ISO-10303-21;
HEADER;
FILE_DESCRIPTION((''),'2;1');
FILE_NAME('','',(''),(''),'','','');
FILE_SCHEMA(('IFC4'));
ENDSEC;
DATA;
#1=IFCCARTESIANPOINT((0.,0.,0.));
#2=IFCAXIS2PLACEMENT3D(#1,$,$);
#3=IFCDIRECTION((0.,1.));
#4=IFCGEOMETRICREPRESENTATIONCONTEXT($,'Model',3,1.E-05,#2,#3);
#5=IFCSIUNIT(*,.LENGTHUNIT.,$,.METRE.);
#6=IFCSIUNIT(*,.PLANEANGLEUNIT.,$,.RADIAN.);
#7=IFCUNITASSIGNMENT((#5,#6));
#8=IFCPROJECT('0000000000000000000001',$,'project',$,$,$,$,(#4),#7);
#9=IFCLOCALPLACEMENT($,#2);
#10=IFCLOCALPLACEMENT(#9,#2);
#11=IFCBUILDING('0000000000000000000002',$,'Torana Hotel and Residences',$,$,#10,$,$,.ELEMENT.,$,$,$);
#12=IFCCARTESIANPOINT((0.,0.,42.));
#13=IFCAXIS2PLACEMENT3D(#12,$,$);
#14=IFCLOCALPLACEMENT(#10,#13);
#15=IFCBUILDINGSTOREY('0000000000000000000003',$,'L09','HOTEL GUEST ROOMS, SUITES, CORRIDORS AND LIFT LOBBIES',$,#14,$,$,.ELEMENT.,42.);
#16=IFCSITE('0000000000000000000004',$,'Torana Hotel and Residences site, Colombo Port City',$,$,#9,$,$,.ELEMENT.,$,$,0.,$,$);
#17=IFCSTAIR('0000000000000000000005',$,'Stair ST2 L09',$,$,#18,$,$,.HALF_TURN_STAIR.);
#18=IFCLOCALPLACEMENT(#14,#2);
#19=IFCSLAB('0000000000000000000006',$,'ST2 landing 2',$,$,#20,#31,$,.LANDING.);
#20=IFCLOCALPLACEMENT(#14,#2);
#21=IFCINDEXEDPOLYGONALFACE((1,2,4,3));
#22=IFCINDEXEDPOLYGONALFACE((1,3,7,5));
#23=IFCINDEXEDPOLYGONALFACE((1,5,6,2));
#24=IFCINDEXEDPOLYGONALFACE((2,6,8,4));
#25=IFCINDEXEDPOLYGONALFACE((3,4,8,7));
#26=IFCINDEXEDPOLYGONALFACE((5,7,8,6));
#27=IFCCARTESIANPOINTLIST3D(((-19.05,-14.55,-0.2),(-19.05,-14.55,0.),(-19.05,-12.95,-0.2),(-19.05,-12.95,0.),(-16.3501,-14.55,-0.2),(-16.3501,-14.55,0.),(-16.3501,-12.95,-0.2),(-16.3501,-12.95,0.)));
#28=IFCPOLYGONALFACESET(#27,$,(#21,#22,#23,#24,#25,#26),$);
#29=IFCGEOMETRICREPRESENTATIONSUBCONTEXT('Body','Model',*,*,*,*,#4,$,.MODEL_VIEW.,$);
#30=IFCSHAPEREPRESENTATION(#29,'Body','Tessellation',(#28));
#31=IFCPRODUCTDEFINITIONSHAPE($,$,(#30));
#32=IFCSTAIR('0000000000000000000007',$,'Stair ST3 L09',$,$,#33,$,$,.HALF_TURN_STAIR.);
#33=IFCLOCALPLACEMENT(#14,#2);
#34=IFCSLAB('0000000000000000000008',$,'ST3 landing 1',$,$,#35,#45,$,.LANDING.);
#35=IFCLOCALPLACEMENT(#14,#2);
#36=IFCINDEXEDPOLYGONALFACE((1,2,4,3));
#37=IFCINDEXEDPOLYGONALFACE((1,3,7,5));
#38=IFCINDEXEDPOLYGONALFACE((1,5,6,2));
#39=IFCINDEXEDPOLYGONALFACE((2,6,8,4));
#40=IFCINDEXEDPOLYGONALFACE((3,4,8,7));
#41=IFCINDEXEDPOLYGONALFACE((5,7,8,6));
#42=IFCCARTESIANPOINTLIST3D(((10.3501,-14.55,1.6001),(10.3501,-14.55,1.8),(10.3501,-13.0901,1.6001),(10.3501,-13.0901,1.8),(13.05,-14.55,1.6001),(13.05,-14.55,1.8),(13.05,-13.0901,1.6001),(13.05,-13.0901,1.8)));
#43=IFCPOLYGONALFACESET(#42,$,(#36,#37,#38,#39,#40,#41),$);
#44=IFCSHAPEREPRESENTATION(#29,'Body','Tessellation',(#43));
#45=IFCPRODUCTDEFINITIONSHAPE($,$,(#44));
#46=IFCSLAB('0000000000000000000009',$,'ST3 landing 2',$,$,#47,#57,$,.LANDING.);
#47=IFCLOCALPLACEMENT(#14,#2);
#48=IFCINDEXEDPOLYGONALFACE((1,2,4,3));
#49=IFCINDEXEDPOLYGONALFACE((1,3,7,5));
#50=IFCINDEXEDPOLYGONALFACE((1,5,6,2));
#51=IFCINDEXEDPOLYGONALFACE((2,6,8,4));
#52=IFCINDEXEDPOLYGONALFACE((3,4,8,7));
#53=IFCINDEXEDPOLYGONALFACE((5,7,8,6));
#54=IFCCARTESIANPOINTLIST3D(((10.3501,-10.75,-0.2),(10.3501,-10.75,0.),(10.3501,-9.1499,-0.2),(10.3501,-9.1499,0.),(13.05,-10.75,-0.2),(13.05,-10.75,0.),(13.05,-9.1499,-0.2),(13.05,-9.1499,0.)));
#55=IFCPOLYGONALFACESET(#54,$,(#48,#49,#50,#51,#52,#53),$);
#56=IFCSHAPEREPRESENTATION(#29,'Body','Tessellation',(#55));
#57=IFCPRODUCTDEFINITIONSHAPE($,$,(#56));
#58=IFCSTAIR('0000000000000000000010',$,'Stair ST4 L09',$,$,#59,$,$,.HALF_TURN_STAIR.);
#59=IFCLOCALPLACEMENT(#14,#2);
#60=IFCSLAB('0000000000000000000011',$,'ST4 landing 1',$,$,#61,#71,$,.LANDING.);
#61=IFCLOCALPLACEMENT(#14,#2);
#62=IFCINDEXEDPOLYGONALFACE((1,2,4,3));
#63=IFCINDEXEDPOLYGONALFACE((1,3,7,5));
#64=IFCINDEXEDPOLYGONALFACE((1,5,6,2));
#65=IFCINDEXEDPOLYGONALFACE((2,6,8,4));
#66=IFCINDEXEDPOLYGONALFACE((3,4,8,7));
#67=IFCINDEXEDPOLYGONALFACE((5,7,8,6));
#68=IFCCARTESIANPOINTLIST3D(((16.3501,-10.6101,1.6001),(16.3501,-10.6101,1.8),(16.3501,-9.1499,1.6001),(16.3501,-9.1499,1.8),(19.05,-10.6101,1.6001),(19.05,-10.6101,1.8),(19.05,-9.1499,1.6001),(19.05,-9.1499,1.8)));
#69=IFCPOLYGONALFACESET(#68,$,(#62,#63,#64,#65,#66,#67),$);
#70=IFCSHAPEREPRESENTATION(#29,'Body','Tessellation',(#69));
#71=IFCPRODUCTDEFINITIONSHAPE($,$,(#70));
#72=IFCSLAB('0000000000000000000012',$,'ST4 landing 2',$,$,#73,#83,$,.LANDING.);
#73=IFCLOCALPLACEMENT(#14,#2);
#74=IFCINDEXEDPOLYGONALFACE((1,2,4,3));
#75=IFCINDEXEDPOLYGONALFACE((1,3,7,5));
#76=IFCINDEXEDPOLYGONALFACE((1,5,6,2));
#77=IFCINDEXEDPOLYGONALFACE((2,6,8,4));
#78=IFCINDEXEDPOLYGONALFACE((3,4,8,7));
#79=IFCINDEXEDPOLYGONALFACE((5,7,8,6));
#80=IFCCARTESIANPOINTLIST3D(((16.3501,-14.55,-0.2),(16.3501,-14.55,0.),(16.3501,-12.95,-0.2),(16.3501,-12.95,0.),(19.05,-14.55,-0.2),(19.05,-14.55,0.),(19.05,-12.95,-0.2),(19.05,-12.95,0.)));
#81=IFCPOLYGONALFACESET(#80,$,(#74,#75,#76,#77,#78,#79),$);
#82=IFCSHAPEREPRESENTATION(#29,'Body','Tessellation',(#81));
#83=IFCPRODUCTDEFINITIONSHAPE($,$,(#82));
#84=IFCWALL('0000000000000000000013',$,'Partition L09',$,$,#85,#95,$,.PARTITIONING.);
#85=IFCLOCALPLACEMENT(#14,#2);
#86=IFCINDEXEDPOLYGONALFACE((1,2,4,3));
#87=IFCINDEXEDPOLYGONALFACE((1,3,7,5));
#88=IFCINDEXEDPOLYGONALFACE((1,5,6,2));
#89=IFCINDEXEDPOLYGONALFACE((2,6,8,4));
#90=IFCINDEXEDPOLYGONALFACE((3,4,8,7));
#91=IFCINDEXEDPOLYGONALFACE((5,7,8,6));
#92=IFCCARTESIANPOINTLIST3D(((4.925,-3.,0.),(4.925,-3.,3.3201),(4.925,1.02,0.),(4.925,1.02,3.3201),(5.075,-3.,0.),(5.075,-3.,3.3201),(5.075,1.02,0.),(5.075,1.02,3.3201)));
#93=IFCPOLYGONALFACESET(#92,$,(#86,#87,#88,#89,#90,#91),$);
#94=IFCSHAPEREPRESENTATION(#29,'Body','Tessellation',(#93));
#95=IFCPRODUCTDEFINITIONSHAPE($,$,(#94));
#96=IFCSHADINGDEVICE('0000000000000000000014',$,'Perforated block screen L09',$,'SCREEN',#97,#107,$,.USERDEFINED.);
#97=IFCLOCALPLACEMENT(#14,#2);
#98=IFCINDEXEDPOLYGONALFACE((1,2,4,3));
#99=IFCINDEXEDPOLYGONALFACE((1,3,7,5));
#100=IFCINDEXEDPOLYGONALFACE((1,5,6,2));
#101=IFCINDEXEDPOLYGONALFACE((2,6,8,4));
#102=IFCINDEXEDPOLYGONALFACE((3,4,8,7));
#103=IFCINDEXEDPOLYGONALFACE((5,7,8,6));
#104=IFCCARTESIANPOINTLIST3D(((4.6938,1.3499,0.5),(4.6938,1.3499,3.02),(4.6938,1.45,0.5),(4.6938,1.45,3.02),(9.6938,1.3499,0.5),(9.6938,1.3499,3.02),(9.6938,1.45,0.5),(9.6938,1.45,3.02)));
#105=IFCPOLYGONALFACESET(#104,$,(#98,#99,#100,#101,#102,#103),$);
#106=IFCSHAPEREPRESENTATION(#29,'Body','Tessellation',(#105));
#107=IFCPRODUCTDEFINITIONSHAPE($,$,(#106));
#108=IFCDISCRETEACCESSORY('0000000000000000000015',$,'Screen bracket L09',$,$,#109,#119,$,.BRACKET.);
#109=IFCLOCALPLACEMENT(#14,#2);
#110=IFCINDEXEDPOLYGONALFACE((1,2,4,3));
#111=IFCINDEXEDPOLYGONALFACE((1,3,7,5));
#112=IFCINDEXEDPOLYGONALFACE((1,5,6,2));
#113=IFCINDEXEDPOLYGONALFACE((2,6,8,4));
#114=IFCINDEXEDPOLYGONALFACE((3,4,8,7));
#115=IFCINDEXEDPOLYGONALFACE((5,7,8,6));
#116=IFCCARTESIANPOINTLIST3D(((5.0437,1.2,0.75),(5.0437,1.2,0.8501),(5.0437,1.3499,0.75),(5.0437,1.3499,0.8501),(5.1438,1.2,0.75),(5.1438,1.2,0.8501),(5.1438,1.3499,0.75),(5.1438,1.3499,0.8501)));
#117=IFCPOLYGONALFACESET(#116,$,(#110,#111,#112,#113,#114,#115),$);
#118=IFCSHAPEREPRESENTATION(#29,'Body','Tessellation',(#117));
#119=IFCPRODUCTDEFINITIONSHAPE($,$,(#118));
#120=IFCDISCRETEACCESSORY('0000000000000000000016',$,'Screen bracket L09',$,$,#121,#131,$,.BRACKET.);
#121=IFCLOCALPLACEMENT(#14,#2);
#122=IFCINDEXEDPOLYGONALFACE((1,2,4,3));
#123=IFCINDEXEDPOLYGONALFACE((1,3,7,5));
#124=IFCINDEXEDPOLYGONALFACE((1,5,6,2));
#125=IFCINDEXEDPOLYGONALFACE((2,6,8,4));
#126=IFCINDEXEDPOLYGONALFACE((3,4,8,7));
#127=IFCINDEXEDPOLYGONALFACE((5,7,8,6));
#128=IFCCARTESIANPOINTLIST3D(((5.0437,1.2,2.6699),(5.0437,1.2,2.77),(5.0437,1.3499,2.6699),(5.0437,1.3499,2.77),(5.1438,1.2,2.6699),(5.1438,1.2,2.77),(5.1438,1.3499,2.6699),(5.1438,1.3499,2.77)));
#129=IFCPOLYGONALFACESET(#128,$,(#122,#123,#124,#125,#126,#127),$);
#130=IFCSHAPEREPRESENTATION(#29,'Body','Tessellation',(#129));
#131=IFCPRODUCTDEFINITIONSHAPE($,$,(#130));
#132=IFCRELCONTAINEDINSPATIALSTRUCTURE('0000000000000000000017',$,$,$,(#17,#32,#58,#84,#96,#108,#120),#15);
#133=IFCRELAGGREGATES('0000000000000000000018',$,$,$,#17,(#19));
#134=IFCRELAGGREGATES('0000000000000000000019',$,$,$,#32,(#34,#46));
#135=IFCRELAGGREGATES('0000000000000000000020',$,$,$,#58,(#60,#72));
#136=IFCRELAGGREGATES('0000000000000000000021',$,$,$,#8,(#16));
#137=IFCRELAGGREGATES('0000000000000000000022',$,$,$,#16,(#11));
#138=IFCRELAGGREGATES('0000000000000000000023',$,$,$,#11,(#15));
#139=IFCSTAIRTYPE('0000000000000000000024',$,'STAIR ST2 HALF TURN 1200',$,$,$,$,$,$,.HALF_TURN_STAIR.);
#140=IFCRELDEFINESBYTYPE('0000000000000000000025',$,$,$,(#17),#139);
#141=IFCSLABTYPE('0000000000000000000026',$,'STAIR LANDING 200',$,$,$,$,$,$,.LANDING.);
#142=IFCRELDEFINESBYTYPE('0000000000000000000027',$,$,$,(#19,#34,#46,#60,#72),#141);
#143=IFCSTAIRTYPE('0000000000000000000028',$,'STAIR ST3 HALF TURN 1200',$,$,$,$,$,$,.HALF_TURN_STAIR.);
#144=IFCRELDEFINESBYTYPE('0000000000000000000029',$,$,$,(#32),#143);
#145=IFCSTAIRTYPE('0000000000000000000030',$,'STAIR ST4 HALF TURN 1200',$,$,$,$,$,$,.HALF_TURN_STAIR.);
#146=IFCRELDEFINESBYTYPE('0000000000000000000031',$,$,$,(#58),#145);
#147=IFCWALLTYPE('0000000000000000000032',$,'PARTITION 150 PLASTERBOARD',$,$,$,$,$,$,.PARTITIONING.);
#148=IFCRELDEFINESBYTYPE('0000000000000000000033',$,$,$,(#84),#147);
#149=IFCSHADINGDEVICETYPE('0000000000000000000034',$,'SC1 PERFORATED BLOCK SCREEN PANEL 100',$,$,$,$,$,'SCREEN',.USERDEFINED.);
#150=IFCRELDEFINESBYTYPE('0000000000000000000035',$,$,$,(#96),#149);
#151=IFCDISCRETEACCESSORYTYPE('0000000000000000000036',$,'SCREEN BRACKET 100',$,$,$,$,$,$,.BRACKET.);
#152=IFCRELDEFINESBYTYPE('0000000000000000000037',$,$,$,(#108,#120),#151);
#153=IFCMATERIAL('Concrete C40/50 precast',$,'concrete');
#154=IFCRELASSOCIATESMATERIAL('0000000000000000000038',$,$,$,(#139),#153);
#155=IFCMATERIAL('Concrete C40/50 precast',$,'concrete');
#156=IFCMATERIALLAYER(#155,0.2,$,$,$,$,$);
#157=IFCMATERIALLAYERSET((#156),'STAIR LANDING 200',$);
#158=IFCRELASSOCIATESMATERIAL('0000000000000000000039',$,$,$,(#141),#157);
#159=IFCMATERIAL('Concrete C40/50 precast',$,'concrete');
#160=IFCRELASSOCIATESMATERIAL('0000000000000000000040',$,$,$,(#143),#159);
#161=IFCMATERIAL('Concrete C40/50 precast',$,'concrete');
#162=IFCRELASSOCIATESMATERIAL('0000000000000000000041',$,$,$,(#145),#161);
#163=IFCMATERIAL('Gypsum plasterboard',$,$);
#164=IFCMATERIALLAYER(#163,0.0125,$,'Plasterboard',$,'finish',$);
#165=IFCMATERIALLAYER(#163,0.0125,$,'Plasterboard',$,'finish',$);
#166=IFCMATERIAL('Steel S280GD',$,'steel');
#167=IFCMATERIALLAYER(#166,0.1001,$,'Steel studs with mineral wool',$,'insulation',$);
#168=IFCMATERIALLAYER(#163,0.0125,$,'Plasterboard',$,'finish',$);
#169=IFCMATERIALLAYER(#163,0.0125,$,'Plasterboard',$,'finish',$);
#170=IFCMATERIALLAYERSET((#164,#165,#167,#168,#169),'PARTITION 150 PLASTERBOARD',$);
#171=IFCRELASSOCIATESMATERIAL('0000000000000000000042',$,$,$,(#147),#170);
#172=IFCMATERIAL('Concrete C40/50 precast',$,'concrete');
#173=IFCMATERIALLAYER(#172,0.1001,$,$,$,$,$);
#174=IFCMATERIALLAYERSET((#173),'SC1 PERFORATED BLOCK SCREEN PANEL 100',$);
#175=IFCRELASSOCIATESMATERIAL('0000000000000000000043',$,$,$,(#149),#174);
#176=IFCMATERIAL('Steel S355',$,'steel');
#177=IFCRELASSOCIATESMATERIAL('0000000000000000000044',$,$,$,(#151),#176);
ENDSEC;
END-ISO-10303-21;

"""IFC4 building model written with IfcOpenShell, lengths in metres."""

from ifc_helpers import new_model, si_unit, direction, frame, frame_2d, origin, origin_2d, place, context, subcontext, project, spatial, polyline, rectangle, outline, extrude, material, layer, layer_set, type_object, element, aggregate, save


model = new_model("IFC4")

# Units and contexts
model_context = context("Model", 3, precision=1e-05, world=origin(), true_north=direction((0.0, 1.0)))
body_context = subcontext(model_context, "Body", "Model", "MODEL_VIEW")
ifc_project = project(units=[si_unit("LENGTHUNIT", "METRE"), si_unit("PLANEANGLEUNIT", "RADIAN")], contexts=[model_context])

# Site, building, storey
site_placement = place(None, origin())
site = spatial("IfcSite", under=ifc_project, at=site_placement, Name="Torana Hotel and Residences site, Colombo Port City", CompositionType="ELEMENT", RefElevation=0.0)
building_placement = place(site_placement, origin())
building = spatial("IfcBuilding", under=site, at=building_placement, Name="Torana Hotel and Residences", CompositionType="ELEMENT")
storey_placement = place(building_placement, frame((0.0, 0.0, 42.0)))
storey = spatial("IfcBuildingStorey", under=building, at=storey_placement, Name="L09", Description="HOTEL GUEST ROOMS, SUITES, CORRIDORS AND LIFT LOBBIES", CompositionType="ELEMENT", Elevation=42.0)

# Stair, slab
ifc_material_1 = material(Name="Concrete C40/50 precast", Category="concrete")
stair_type_1 = type_object("IfcStairType", Name="STAIR ST2 HALF TURN 1200", PredefinedType="HALF_TURN_STAIR", material=ifc_material_1)
stair_1_placement = place(storey_placement, origin())
stair_1 = element("IfcStair", 1, at=stair_1_placement, inside=storey, type_object=stair_type_1, Name="Stair ST2 L09", PredefinedType="HALF_TURN_STAIR")
ifc_material_2 = material(Name="Concrete C40/50 precast", Category="concrete")
ifc_layer_1 = layer(ifc_material_2, 0.2)
ifc_layer_set_1 = layer_set([ifc_layer_1], Name="STAIR LANDING 200")
slab_type = type_object("IfcSlabType", Name="STAIR LANDING 200", PredefinedType="LANDING", material=ifc_layer_set_1)
slab_1_placement = place(storey_placement, frame((0.0, 0.0, -0.2)))
slab_1 = element("IfcSlab", 2, at=slab_1_placement, type_object=slab_type, Name="ST2 landing 2", PredefinedType="LANDING", context=body_context, shape_type="SweptSolid", body=[
    extrude(outline(polyline([(-19.05, -14.55), (-16.3501, -14.55), (-16.3501, -12.95), (-19.05, -12.95), (-19.05, -14.55)])), origin(), (0.0, 0.0, 1.0), 0.2),
])
aggregate(stair_1, [slab_1])

# Stairs, slabs
ifc_material_3 = material(Name="Concrete C40/50 precast", Category="concrete")
stair_type_2 = type_object("IfcStairType", Name="STAIR ST3 HALF TURN 1200", PredefinedType="HALF_TURN_STAIR", material=ifc_material_3)
stair_2_placement = place(storey_placement, origin())
stair_2 = element("IfcStair", 3, at=stair_2_placement, inside=storey, type_object=stair_type_2, Name="Stair ST3 L09", PredefinedType="HALF_TURN_STAIR")
slab_2_placement = place(storey_placement, frame((0.0, 0.0, 1.6001)))
slab_2 = element("IfcSlab", 4, at=slab_2_placement, type_object=slab_type, Name="ST3 landing 1", PredefinedType="LANDING", context=body_context, shape_type="SweptSolid", body=[
    extrude(outline(polyline([(10.3501, -14.55), (13.05, -14.55), (13.05, -13.0901), (10.3501, -13.0901), (10.3501, -14.55)])), origin(), (0.0, 0.0, 1.0), 0.2),
])
slab_3_placement = place(storey_placement, frame((0.0, 0.0, -0.2)))
slab_3 = element("IfcSlab", 5, at=slab_3_placement, type_object=slab_type, Name="ST3 landing 2", PredefinedType="LANDING", context=body_context, shape_type="SweptSolid", body=[
    extrude(outline(polyline([(10.3501, -10.75), (13.05, -10.75), (13.05, -9.1499), (10.3501, -9.1499), (10.3501, -10.75)])), origin(), (0.0, 0.0, 1.0), 0.2),
])
aggregate(stair_2, [slab_2, slab_3])
ifc_material_4 = material(Name="Concrete C40/50 precast", Category="concrete")
stair_type_3 = type_object("IfcStairType", Name="STAIR ST4 HALF TURN 1200", PredefinedType="HALF_TURN_STAIR", material=ifc_material_4)
stair_3_placement = place(storey_placement, origin())
stair_3 = element("IfcStair", 6, at=stair_3_placement, inside=storey, type_object=stair_type_3, Name="Stair ST4 L09", PredefinedType="HALF_TURN_STAIR")
slab_4_placement = place(storey_placement, frame((0.0, 0.0, 1.6001)))
slab_4 = element("IfcSlab", 7, at=slab_4_placement, type_object=slab_type, Name="ST4 landing 1", PredefinedType="LANDING", context=body_context, shape_type="SweptSolid", body=[
    extrude(outline(polyline([(16.3501, -10.6101), (19.05, -10.6101), (19.05, -9.1499), (16.3501, -9.1499), (16.3501, -10.6101)])), origin(), (0.0, 0.0, 1.0), 0.2),
])
slab_5_placement = place(storey_placement, frame((0.0, 0.0, -0.2)))
slab_5 = element("IfcSlab", 8, at=slab_5_placement, type_object=slab_type, Name="ST4 landing 2", PredefinedType="LANDING", context=body_context, shape_type="SweptSolid", body=[
    extrude(outline(polyline([(16.3501, -14.55), (19.05, -14.55), (19.05, -12.95), (16.3501, -12.95), (16.3501, -14.55)])), origin(), (0.0, 0.0, 1.0), 0.2),
])
aggregate(stair_3, [slab_4, slab_5])

# Wall
ifc_material_5 = material(Name="Gypsum plasterboard")
ifc_layer_2 = layer(ifc_material_5, 0.0125, Name="Plasterboard", Category="finish")
ifc_layer_3 = layer(ifc_material_5, 0.0125, Name="Plasterboard", Category="finish")
ifc_material_6 = material(Name="Steel S280GD", Category="steel")
ifc_layer_4 = layer(ifc_material_6, 0.1001, Name="Steel studs with mineral wool", Category="insulation")
ifc_layer_5 = layer(ifc_material_5, 0.0125, Name="Plasterboard", Category="finish")
ifc_layer_6 = layer(ifc_material_5, 0.0125, Name="Plasterboard", Category="finish")
ifc_layer_set_2 = layer_set([ifc_layer_2, ifc_layer_3, ifc_layer_4, ifc_layer_5, ifc_layer_6], Name="PARTITION 150 PLASTERBOARD")
wall_type = type_object("IfcWallType", Name="PARTITION 150 PLASTERBOARD", PredefinedType="PARTITIONING", material=ifc_layer_set_2)
wall_placement = place(storey_placement, frame((5.0, -3.0, 0.0), z_axis=(0.0, 0.0, 1.0), x_axis=(0.0, 1.0, 0.0)))
element("IfcWall", 9, at=wall_placement, inside=storey, type_object=wall_type, Name="Partition L09", PredefinedType="PARTITIONING", context=body_context, shape_type="SweptSolid", body=[
    extrude(rectangle(XDim=4.02, YDim=0.1499, at=frame_2d((2.01, 0.0))), origin(), (0.0, 0.0, 1.0), 3.3201),
])

# Shading device
ifc_material_7 = material(Name="Concrete C40/50 precast", Category="concrete")
ifc_layer_7 = layer(ifc_material_7, 0.1001)
ifc_layer_set_3 = layer_set([ifc_layer_7], Name="SC1 PERFORATED BLOCK SCREEN PANEL 100")
shading_device_type = type_object("IfcShadingDeviceType", Name="SC1 PERFORATED BLOCK SCREEN PANEL 100", ElementType="SCREEN", PredefinedType="USERDEFINED", material=ifc_layer_set_3)
shading_device_placement = place(storey_placement, frame((7.1938, 1.3999, 0.5), z_axis=(0.0, 0.0, 1.0), x_axis=(-1.0, 0.0, 0.0)))
element("IfcShadingDevice", 10, at=shading_device_placement, inside=storey, type_object=shading_device_type, Name="Perforated block screen L09", ObjectType="SCREEN", PredefinedType="USERDEFINED", context=body_context, shape_type="SweptSolid", body=[
    extrude(rectangle(XDim=5.0, YDim=0.1001, at=origin_2d()), origin(), (0.0, 0.0, 1.0), 2.52),
])

# Discrete accessories
ifc_material_8 = material(Name="Steel S355", Category="steel")
discrete_accessory_type = type_object("IfcDiscreteAccessoryType", Name="SCREEN BRACKET 100", PredefinedType="BRACKET", material=ifc_material_8)
for number, where, z_axis, x_axis, name in (
    (11, (5.0938, 1.2749, 0.75), (0.0, 0.0, 1.0), (-1.0, 0.0, 0.0), "Screen bracket L09"),
    (12, (5.0938, 1.2749, 2.6699), (0.0, 0.0, 1.0), (-1.0, 0.0, 0.0), "Screen bracket L09"),
):
    element("IfcDiscreteAccessory", number, at=place(storey_placement, frame(where, z_axis=z_axis, x_axis=x_axis)), inside=storey, type_object=discrete_accessory_type, Name=name, PredefinedType="BRACKET", context=body_context, shape_type="SweptSolid", body=[
        extrude(rectangle(XDim=0.1001, YDim=0.1499, at=origin_2d()), origin(), (0.0, 0.0, 1.0), 0.1001),
    ])

save(model, "model.ifc")
